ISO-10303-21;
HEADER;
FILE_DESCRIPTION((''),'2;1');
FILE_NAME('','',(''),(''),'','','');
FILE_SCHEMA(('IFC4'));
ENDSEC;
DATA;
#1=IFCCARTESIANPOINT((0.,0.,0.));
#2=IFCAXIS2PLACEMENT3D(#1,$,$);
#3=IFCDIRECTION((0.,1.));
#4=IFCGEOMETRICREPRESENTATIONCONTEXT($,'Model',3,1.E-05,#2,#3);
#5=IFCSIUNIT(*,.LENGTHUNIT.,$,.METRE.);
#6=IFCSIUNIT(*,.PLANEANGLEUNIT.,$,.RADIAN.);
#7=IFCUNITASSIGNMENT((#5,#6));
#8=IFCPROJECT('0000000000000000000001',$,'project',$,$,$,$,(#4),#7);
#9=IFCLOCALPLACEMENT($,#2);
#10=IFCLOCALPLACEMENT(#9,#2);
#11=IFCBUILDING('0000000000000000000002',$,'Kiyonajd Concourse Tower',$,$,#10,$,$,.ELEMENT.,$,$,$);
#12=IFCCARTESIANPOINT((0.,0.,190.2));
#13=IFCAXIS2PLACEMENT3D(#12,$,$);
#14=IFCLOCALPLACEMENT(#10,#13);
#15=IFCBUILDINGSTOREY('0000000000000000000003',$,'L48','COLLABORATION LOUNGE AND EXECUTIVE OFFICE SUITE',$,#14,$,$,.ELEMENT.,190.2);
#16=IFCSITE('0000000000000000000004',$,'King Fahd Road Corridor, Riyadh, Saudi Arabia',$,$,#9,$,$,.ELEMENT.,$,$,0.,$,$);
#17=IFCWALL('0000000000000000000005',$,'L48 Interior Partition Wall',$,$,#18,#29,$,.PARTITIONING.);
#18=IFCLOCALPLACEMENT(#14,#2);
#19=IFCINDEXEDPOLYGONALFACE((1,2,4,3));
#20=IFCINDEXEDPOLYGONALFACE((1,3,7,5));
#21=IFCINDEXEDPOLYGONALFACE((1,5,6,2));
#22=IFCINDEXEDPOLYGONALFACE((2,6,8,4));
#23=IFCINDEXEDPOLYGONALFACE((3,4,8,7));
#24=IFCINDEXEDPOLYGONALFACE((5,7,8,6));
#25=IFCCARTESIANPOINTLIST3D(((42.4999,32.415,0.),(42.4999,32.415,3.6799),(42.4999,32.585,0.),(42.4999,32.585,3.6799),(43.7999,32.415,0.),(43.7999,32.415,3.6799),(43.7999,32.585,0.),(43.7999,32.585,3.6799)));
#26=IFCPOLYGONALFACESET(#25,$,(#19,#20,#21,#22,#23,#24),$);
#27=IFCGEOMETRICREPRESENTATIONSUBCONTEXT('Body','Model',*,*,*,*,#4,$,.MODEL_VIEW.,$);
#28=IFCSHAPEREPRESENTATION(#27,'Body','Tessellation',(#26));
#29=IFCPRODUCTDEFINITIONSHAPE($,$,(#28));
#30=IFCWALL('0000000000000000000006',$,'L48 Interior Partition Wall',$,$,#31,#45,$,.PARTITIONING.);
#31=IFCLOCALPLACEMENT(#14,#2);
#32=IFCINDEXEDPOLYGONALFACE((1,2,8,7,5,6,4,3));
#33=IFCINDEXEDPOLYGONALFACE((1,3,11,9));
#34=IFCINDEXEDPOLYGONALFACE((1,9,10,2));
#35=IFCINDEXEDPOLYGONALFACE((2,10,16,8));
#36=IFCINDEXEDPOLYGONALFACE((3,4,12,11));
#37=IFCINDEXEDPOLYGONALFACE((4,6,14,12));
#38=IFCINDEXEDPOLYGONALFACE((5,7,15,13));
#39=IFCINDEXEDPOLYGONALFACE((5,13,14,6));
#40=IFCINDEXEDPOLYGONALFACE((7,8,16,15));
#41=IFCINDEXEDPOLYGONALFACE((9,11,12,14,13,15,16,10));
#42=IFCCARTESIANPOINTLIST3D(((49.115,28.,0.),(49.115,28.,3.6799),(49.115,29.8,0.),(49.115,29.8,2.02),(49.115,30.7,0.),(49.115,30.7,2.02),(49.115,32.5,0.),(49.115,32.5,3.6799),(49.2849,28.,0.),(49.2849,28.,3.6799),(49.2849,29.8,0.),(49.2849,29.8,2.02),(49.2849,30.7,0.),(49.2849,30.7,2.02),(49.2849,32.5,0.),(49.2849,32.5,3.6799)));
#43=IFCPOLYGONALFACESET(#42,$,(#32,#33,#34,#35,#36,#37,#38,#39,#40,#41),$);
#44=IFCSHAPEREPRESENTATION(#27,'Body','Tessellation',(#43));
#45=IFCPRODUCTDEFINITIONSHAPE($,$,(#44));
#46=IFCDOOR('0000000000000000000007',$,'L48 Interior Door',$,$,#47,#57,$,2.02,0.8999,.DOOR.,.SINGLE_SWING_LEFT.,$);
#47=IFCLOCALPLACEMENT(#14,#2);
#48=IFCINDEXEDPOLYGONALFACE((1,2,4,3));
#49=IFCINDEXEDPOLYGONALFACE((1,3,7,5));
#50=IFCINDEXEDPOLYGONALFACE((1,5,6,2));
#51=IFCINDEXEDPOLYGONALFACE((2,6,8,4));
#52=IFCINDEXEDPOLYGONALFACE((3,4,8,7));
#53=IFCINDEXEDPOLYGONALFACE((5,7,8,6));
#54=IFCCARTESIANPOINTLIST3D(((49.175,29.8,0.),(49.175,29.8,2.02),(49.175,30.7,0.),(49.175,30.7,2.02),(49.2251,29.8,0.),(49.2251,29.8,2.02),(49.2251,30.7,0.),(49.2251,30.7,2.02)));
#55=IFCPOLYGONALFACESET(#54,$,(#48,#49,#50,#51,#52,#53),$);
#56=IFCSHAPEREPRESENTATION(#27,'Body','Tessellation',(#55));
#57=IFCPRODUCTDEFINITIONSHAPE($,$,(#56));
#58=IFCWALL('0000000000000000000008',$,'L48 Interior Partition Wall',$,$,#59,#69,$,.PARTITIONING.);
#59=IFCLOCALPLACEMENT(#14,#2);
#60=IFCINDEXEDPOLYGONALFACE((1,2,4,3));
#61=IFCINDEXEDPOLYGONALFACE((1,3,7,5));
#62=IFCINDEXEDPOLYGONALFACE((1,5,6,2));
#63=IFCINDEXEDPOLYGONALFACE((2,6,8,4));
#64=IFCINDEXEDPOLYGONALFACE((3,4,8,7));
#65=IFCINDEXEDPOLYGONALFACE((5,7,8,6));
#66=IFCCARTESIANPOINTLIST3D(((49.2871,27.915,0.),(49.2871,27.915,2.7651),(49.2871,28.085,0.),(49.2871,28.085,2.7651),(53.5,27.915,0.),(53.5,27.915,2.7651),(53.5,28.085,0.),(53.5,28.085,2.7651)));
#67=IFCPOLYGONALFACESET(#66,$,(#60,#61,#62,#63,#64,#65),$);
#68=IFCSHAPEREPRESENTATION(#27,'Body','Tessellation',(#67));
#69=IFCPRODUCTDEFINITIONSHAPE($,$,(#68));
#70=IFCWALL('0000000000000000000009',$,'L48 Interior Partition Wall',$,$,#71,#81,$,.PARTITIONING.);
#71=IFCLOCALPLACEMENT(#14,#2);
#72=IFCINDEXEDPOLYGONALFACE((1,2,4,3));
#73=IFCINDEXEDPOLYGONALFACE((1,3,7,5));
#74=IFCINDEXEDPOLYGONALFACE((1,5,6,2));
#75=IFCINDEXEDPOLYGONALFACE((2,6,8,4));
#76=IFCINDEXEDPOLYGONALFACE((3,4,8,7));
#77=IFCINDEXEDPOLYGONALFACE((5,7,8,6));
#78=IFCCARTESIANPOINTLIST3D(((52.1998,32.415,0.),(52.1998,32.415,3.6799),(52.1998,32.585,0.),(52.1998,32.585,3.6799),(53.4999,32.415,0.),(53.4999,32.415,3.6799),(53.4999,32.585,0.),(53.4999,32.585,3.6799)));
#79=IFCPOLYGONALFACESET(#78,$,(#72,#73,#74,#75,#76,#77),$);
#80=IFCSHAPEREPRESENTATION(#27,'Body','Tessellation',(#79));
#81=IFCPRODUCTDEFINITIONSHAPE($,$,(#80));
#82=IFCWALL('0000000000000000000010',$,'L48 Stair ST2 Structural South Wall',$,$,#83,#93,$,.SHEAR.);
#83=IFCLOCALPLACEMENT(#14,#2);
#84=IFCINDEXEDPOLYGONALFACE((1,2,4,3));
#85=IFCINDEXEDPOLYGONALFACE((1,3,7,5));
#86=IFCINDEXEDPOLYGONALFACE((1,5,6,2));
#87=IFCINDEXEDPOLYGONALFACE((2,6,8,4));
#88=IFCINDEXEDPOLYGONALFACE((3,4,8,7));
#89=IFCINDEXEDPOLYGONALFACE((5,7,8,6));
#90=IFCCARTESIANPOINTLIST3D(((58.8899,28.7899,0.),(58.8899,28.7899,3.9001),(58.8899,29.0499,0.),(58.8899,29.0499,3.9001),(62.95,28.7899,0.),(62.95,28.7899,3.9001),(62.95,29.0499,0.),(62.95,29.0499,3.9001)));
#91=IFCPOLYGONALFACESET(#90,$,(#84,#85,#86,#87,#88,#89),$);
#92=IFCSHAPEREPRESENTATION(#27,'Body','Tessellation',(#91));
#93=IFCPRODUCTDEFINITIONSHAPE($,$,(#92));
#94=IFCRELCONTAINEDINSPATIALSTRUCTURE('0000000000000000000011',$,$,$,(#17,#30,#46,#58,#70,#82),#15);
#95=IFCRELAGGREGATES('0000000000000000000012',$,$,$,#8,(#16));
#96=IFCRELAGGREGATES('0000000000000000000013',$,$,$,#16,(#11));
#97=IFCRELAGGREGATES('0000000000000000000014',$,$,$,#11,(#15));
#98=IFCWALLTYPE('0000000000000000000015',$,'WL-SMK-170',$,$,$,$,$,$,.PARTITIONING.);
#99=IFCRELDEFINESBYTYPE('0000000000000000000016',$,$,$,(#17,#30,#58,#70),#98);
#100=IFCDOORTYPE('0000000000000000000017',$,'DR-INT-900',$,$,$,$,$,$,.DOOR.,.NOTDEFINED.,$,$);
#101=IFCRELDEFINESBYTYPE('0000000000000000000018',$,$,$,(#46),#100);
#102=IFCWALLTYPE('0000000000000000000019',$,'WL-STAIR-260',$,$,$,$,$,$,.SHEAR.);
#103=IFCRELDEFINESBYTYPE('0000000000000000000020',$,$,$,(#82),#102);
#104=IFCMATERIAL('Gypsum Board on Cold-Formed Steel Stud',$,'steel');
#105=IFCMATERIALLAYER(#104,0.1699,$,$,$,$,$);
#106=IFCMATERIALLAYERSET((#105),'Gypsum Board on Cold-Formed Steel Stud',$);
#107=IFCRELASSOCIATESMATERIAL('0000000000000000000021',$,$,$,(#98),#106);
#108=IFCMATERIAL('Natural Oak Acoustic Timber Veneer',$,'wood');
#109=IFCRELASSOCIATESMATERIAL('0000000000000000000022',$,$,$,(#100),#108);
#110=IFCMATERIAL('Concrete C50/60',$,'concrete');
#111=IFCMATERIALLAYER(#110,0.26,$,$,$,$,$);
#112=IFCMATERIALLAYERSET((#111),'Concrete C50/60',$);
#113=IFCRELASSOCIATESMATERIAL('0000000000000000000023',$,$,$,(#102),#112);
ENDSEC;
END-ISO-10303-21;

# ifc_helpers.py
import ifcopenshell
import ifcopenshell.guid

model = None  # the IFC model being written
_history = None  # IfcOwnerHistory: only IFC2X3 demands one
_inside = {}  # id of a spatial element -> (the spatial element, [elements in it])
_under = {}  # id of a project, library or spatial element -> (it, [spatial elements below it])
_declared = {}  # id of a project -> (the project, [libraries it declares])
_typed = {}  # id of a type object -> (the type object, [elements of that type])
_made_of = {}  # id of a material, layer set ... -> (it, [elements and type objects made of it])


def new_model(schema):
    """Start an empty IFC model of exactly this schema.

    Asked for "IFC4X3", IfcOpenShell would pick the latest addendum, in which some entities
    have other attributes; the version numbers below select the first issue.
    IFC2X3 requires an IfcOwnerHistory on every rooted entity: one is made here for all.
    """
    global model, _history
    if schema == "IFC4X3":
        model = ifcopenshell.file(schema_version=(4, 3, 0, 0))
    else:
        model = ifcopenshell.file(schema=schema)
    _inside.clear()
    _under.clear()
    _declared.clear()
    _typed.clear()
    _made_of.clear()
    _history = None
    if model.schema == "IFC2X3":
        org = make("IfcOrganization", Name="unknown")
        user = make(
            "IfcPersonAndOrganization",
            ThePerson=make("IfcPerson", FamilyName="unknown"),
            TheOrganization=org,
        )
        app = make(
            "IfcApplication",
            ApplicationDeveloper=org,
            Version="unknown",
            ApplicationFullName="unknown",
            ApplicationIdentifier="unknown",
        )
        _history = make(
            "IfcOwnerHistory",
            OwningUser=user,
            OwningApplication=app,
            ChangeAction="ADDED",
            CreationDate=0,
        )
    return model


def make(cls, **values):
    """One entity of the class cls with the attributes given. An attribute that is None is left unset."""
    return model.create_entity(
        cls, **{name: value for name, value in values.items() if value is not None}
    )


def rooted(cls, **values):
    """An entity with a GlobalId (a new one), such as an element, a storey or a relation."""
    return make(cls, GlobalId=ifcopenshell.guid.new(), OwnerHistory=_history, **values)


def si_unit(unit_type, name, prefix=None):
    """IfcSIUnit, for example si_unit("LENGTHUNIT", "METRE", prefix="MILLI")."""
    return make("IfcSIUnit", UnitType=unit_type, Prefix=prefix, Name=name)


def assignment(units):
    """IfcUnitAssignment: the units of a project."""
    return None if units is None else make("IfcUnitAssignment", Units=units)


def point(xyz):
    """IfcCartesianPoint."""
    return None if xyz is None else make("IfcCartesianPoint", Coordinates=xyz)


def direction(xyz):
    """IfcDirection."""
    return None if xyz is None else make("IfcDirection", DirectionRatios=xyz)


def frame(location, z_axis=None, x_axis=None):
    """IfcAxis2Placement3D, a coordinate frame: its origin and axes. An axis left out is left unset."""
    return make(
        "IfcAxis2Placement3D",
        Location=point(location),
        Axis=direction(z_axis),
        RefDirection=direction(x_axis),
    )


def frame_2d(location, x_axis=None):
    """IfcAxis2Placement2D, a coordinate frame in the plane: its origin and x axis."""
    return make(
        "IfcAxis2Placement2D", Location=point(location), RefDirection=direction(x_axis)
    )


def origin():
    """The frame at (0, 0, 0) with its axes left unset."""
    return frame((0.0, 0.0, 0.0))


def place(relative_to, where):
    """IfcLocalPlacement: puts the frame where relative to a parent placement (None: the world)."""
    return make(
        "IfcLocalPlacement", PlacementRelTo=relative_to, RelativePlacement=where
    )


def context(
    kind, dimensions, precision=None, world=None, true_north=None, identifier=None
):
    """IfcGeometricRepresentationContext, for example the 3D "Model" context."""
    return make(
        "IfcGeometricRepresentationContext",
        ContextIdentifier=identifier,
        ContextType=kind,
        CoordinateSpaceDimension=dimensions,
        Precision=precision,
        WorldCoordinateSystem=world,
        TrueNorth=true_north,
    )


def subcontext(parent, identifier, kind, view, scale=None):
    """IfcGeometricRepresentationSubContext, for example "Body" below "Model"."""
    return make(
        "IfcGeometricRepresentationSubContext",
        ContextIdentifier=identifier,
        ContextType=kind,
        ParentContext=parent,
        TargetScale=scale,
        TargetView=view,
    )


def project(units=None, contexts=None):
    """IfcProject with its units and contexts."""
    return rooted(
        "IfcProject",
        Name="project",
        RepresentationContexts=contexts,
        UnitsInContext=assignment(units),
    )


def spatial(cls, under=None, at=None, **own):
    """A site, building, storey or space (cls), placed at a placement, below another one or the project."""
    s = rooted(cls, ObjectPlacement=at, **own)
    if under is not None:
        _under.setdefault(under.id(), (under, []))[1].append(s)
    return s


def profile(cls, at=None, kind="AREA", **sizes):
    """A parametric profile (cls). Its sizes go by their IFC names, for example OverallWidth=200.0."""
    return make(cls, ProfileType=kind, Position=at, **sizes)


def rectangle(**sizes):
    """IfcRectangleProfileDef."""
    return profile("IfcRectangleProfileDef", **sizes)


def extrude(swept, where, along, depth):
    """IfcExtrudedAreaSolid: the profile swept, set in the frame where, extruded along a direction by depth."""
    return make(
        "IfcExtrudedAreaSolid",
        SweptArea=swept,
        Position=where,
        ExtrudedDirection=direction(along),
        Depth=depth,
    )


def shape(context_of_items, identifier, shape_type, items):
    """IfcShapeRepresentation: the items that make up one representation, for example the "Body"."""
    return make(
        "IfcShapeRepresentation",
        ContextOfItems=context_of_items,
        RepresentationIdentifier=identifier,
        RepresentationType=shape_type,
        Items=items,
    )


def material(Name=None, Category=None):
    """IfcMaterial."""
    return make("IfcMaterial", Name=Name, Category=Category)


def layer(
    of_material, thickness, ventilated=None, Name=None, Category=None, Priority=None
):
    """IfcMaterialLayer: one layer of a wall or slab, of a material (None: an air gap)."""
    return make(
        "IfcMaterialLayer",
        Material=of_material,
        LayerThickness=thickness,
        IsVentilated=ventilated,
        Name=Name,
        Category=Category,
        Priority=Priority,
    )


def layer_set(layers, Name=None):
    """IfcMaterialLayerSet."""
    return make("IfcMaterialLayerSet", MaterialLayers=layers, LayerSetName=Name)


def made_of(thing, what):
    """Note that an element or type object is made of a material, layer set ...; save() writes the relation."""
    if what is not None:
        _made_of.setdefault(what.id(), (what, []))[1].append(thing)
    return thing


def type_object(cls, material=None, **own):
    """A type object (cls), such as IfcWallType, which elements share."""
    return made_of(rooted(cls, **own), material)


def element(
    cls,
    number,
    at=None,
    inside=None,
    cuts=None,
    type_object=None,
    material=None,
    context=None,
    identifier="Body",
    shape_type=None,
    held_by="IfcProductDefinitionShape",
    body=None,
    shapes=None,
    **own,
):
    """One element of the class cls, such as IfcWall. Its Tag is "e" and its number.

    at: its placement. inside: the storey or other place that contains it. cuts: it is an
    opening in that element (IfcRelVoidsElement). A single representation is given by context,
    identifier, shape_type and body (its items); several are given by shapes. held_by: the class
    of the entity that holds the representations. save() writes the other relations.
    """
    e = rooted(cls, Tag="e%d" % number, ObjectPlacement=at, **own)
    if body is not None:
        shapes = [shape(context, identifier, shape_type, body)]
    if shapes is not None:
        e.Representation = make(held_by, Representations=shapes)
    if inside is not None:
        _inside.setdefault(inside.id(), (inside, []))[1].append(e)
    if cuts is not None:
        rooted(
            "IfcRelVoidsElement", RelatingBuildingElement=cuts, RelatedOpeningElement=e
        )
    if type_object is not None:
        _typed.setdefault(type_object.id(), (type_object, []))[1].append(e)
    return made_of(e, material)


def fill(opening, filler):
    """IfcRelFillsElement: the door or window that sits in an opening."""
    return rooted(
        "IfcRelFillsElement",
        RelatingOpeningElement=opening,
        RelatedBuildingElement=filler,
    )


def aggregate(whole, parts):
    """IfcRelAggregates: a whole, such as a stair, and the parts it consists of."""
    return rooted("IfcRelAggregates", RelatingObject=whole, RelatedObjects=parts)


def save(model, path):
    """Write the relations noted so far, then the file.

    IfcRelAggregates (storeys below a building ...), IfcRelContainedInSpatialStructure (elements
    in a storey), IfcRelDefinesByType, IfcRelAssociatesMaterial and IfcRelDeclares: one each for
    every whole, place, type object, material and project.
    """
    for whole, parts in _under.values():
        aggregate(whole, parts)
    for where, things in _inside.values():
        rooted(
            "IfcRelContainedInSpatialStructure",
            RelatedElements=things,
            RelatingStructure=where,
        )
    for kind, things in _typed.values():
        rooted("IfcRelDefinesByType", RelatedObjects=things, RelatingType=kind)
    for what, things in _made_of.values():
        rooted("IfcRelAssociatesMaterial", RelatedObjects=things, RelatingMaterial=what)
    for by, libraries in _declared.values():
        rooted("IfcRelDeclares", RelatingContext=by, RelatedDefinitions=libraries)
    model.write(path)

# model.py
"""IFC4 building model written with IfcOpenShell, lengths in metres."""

from ifc_helpers import new_model, si_unit, direction, frame, frame_2d, origin, place, context, subcontext, project, spatial, rectangle, extrude, material, layer, layer_set, type_object, element, fill, save


model = new_model("IFC4")

# Units and contexts
model_context = context("Model", 3, precision=1e-05, world=origin(), true_north=direction((0.0, 1.0)))
body_context = subcontext(model_context, "Body", "Model", "MODEL_VIEW")
ifc_project = project(units=[si_unit("LENGTHUNIT", "METRE"), si_unit("PLANEANGLEUNIT", "RADIAN")], contexts=[model_context])

# Site, building, storey
site_placement = place(None, origin())
site = spatial("IfcSite", under=ifc_project, at=site_placement, Name="King Fahd Road Corridor, Riyadh, Saudi Arabia", CompositionType="ELEMENT", RefElevation=0.0)
building_placement = place(site_placement, origin())
building = spatial("IfcBuilding", under=site, at=building_placement, Name="Kiyonajd Concourse Tower", CompositionType="ELEMENT")
storey_placement = place(building_placement, frame((0.0, 0.0, 190.2)))
storey = spatial("IfcBuildingStorey", under=building, at=storey_placement, Name="L48", Description="COLLABORATION LOUNGE AND EXECUTIVE OFFICE SUITE", CompositionType="ELEMENT", Elevation=190.2)

# Shared definitions
ifc_material_1 = material(Name="Gypsum Board on Cold-Formed Steel Stud", Category="steel")

# Shared definitions
ifc_layer_1 = layer(ifc_material_1, 0.1699)
ifc_layer_set_1 = layer_set([ifc_layer_1], Name="Gypsum Board on Cold-Formed Steel Stud")
wall_type_1 = type_object("IfcWallType", Name="WL-SMK-170", PredefinedType="PARTITIONING", material=ifc_layer_set_1)
ifc_material_2 = material(Name="Natural Oak Acoustic Timber Veneer", Category="wood")
door_type_1 = type_object("IfcDoorType", Name="DR-INT-900", OperationType="NOTDEFINED", PredefinedType="DOOR", material=ifc_material_2)

# Wall
wall_1_placement = place(storey_placement, frame((42.5, 32.5, 0.0), z_axis=(0.0, 0.0, 1.0), x_axis=(1.0, 0.0, 0.0)))
element("IfcWall", 1, at=wall_1_placement, inside=storey, type_object=wall_type_1, Name="L48 Interior Partition Wall", PredefinedType="PARTITIONING", context=body_context, shape_type="SweptSolid", body=[
    extrude(rectangle(XDim=1.3, YDim=0.1699, at=frame_2d((0.6499, 0.0))), origin(), (0.0, 0.0, 1.0), 3.6799),
])

# Wall, opening, door
wall_2_placement = place(storey_placement, frame((49.2, 28.0, 0.0), z_axis=(0.0, 0.0, 1.0), x_axis=(0.0, 1.0, 0.0)))
wall_2 = element("IfcWall", 2, at=wall_2_placement, inside=storey, type_object=wall_type_1, Name="L48 Interior Partition Wall", PredefinedType="PARTITIONING", context=body_context, shape_type="SweptSolid", body=[
    extrude(rectangle(XDim=4.5, YDim=0.1699, at=frame_2d((2.25, 0.0))), origin(), (0.0, 0.0, 1.0), 3.6799),
])
opening_1_placement = place(wall_2_placement, frame((1.8, 0.0, 0.0)))
opening_1 = element("IfcOpeningElement", 3, at=opening_1_placement, cuts=wall_2, PredefinedType="OPENING", context=body_context, shape_type="SweptSolid", body=[
    extrude(rectangle(XDim=0.8999, YDim=2.02, at=frame_2d((0.45, 1.01))), frame((0.0, 0.095, 0.0), z_axis=(0.0, -1.0, 0.0), x_axis=(1.0, 0.0, 0.0)), (0.0, 0.0, 1.0), 0.1899),
])
door_1_placement = place(opening_1_placement, origin())
door_1 = element("IfcDoor", 4, at=door_1_placement, inside=storey, type_object=door_type_1, Name="L48 Interior Door", OperationType="SINGLE_SWING_LEFT", OverallHeight=2.02, OverallWidth=0.8999, PredefinedType="DOOR", context=body_context, shape_type="SweptSolid", body=[
    extrude(rectangle(XDim=0.8999, YDim=2.02, at=frame_2d((0.45, 1.01))), frame((0.0, 0.0249, 0.0), z_axis=(0.0, -1.0, 0.0), x_axis=(1.0, 0.0, 0.0)), (0.0, 0.0, 1.0), 0.05),
])
fill(opening_1, door_1)

# Walls
wall_3_placement = place(storey_placement, frame((49.2871, 28.0, 0.0), z_axis=(0.0, 0.0, 1.0), x_axis=(1.0, 0.0, 0.0)))
element("IfcWall", 5, at=wall_3_placement, inside=storey, type_object=wall_type_1, Name="L48 Interior Partition Wall", PredefinedType="PARTITIONING", context=body_context, shape_type="SweptSolid", body=[
    extrude(rectangle(XDim=4.2129, YDim=0.1699, at=frame_2d((2.1064, 0.0))), origin(), (0.0, 0.0, 1.0), 2.7651),
])
wall_4_placement = place(storey_placement, frame((52.2, 32.5, 0.0), z_axis=(0.0, 0.0, 1.0), x_axis=(1.0, 0.0, 0.0)))
element("IfcWall", 6, at=wall_4_placement, inside=storey, type_object=wall_type_1, Name="L48 Interior Partition Wall", PredefinedType="PARTITIONING", context=body_context, shape_type="SweptSolid", body=[
    extrude(rectangle(XDim=1.3, YDim=0.1699, at=frame_2d((0.6499, 0.0))), origin(), (0.0, 0.0, 1.0), 3.6799),
])
ifc_material_3 = material(Name="Concrete C50/60", Category="concrete")
ifc_layer_2 = layer(ifc_material_3, 0.26)
ifc_layer_set_2 = layer_set([ifc_layer_2], Name="Concrete C50/60")
wall_type_2 = type_object("IfcWallType", Name="WL-STAIR-260", PredefinedType="SHEAR", material=ifc_layer_set_2)
wall_5_placement = place(storey_placement, frame((58.8899, 28.9199, 0.0), z_axis=(0.0, 0.0, 1.0), x_axis=(1.0, 0.0, 0.0)))
element("IfcWall", 7, at=wall_5_placement, inside=storey, type_object=wall_type_2, Name="L48 Stair ST2 Structural South Wall", PredefinedType="SHEAR", context=body_context, shape_type="SweptSolid", body=[
    extrude(rectangle(XDim=4.0601, YDim=0.26, at=frame_2d((2.03, 0.0))), origin(), (0.0, 0.0, 1.0), 3.9001),
])

save(model, "model.ifc")
